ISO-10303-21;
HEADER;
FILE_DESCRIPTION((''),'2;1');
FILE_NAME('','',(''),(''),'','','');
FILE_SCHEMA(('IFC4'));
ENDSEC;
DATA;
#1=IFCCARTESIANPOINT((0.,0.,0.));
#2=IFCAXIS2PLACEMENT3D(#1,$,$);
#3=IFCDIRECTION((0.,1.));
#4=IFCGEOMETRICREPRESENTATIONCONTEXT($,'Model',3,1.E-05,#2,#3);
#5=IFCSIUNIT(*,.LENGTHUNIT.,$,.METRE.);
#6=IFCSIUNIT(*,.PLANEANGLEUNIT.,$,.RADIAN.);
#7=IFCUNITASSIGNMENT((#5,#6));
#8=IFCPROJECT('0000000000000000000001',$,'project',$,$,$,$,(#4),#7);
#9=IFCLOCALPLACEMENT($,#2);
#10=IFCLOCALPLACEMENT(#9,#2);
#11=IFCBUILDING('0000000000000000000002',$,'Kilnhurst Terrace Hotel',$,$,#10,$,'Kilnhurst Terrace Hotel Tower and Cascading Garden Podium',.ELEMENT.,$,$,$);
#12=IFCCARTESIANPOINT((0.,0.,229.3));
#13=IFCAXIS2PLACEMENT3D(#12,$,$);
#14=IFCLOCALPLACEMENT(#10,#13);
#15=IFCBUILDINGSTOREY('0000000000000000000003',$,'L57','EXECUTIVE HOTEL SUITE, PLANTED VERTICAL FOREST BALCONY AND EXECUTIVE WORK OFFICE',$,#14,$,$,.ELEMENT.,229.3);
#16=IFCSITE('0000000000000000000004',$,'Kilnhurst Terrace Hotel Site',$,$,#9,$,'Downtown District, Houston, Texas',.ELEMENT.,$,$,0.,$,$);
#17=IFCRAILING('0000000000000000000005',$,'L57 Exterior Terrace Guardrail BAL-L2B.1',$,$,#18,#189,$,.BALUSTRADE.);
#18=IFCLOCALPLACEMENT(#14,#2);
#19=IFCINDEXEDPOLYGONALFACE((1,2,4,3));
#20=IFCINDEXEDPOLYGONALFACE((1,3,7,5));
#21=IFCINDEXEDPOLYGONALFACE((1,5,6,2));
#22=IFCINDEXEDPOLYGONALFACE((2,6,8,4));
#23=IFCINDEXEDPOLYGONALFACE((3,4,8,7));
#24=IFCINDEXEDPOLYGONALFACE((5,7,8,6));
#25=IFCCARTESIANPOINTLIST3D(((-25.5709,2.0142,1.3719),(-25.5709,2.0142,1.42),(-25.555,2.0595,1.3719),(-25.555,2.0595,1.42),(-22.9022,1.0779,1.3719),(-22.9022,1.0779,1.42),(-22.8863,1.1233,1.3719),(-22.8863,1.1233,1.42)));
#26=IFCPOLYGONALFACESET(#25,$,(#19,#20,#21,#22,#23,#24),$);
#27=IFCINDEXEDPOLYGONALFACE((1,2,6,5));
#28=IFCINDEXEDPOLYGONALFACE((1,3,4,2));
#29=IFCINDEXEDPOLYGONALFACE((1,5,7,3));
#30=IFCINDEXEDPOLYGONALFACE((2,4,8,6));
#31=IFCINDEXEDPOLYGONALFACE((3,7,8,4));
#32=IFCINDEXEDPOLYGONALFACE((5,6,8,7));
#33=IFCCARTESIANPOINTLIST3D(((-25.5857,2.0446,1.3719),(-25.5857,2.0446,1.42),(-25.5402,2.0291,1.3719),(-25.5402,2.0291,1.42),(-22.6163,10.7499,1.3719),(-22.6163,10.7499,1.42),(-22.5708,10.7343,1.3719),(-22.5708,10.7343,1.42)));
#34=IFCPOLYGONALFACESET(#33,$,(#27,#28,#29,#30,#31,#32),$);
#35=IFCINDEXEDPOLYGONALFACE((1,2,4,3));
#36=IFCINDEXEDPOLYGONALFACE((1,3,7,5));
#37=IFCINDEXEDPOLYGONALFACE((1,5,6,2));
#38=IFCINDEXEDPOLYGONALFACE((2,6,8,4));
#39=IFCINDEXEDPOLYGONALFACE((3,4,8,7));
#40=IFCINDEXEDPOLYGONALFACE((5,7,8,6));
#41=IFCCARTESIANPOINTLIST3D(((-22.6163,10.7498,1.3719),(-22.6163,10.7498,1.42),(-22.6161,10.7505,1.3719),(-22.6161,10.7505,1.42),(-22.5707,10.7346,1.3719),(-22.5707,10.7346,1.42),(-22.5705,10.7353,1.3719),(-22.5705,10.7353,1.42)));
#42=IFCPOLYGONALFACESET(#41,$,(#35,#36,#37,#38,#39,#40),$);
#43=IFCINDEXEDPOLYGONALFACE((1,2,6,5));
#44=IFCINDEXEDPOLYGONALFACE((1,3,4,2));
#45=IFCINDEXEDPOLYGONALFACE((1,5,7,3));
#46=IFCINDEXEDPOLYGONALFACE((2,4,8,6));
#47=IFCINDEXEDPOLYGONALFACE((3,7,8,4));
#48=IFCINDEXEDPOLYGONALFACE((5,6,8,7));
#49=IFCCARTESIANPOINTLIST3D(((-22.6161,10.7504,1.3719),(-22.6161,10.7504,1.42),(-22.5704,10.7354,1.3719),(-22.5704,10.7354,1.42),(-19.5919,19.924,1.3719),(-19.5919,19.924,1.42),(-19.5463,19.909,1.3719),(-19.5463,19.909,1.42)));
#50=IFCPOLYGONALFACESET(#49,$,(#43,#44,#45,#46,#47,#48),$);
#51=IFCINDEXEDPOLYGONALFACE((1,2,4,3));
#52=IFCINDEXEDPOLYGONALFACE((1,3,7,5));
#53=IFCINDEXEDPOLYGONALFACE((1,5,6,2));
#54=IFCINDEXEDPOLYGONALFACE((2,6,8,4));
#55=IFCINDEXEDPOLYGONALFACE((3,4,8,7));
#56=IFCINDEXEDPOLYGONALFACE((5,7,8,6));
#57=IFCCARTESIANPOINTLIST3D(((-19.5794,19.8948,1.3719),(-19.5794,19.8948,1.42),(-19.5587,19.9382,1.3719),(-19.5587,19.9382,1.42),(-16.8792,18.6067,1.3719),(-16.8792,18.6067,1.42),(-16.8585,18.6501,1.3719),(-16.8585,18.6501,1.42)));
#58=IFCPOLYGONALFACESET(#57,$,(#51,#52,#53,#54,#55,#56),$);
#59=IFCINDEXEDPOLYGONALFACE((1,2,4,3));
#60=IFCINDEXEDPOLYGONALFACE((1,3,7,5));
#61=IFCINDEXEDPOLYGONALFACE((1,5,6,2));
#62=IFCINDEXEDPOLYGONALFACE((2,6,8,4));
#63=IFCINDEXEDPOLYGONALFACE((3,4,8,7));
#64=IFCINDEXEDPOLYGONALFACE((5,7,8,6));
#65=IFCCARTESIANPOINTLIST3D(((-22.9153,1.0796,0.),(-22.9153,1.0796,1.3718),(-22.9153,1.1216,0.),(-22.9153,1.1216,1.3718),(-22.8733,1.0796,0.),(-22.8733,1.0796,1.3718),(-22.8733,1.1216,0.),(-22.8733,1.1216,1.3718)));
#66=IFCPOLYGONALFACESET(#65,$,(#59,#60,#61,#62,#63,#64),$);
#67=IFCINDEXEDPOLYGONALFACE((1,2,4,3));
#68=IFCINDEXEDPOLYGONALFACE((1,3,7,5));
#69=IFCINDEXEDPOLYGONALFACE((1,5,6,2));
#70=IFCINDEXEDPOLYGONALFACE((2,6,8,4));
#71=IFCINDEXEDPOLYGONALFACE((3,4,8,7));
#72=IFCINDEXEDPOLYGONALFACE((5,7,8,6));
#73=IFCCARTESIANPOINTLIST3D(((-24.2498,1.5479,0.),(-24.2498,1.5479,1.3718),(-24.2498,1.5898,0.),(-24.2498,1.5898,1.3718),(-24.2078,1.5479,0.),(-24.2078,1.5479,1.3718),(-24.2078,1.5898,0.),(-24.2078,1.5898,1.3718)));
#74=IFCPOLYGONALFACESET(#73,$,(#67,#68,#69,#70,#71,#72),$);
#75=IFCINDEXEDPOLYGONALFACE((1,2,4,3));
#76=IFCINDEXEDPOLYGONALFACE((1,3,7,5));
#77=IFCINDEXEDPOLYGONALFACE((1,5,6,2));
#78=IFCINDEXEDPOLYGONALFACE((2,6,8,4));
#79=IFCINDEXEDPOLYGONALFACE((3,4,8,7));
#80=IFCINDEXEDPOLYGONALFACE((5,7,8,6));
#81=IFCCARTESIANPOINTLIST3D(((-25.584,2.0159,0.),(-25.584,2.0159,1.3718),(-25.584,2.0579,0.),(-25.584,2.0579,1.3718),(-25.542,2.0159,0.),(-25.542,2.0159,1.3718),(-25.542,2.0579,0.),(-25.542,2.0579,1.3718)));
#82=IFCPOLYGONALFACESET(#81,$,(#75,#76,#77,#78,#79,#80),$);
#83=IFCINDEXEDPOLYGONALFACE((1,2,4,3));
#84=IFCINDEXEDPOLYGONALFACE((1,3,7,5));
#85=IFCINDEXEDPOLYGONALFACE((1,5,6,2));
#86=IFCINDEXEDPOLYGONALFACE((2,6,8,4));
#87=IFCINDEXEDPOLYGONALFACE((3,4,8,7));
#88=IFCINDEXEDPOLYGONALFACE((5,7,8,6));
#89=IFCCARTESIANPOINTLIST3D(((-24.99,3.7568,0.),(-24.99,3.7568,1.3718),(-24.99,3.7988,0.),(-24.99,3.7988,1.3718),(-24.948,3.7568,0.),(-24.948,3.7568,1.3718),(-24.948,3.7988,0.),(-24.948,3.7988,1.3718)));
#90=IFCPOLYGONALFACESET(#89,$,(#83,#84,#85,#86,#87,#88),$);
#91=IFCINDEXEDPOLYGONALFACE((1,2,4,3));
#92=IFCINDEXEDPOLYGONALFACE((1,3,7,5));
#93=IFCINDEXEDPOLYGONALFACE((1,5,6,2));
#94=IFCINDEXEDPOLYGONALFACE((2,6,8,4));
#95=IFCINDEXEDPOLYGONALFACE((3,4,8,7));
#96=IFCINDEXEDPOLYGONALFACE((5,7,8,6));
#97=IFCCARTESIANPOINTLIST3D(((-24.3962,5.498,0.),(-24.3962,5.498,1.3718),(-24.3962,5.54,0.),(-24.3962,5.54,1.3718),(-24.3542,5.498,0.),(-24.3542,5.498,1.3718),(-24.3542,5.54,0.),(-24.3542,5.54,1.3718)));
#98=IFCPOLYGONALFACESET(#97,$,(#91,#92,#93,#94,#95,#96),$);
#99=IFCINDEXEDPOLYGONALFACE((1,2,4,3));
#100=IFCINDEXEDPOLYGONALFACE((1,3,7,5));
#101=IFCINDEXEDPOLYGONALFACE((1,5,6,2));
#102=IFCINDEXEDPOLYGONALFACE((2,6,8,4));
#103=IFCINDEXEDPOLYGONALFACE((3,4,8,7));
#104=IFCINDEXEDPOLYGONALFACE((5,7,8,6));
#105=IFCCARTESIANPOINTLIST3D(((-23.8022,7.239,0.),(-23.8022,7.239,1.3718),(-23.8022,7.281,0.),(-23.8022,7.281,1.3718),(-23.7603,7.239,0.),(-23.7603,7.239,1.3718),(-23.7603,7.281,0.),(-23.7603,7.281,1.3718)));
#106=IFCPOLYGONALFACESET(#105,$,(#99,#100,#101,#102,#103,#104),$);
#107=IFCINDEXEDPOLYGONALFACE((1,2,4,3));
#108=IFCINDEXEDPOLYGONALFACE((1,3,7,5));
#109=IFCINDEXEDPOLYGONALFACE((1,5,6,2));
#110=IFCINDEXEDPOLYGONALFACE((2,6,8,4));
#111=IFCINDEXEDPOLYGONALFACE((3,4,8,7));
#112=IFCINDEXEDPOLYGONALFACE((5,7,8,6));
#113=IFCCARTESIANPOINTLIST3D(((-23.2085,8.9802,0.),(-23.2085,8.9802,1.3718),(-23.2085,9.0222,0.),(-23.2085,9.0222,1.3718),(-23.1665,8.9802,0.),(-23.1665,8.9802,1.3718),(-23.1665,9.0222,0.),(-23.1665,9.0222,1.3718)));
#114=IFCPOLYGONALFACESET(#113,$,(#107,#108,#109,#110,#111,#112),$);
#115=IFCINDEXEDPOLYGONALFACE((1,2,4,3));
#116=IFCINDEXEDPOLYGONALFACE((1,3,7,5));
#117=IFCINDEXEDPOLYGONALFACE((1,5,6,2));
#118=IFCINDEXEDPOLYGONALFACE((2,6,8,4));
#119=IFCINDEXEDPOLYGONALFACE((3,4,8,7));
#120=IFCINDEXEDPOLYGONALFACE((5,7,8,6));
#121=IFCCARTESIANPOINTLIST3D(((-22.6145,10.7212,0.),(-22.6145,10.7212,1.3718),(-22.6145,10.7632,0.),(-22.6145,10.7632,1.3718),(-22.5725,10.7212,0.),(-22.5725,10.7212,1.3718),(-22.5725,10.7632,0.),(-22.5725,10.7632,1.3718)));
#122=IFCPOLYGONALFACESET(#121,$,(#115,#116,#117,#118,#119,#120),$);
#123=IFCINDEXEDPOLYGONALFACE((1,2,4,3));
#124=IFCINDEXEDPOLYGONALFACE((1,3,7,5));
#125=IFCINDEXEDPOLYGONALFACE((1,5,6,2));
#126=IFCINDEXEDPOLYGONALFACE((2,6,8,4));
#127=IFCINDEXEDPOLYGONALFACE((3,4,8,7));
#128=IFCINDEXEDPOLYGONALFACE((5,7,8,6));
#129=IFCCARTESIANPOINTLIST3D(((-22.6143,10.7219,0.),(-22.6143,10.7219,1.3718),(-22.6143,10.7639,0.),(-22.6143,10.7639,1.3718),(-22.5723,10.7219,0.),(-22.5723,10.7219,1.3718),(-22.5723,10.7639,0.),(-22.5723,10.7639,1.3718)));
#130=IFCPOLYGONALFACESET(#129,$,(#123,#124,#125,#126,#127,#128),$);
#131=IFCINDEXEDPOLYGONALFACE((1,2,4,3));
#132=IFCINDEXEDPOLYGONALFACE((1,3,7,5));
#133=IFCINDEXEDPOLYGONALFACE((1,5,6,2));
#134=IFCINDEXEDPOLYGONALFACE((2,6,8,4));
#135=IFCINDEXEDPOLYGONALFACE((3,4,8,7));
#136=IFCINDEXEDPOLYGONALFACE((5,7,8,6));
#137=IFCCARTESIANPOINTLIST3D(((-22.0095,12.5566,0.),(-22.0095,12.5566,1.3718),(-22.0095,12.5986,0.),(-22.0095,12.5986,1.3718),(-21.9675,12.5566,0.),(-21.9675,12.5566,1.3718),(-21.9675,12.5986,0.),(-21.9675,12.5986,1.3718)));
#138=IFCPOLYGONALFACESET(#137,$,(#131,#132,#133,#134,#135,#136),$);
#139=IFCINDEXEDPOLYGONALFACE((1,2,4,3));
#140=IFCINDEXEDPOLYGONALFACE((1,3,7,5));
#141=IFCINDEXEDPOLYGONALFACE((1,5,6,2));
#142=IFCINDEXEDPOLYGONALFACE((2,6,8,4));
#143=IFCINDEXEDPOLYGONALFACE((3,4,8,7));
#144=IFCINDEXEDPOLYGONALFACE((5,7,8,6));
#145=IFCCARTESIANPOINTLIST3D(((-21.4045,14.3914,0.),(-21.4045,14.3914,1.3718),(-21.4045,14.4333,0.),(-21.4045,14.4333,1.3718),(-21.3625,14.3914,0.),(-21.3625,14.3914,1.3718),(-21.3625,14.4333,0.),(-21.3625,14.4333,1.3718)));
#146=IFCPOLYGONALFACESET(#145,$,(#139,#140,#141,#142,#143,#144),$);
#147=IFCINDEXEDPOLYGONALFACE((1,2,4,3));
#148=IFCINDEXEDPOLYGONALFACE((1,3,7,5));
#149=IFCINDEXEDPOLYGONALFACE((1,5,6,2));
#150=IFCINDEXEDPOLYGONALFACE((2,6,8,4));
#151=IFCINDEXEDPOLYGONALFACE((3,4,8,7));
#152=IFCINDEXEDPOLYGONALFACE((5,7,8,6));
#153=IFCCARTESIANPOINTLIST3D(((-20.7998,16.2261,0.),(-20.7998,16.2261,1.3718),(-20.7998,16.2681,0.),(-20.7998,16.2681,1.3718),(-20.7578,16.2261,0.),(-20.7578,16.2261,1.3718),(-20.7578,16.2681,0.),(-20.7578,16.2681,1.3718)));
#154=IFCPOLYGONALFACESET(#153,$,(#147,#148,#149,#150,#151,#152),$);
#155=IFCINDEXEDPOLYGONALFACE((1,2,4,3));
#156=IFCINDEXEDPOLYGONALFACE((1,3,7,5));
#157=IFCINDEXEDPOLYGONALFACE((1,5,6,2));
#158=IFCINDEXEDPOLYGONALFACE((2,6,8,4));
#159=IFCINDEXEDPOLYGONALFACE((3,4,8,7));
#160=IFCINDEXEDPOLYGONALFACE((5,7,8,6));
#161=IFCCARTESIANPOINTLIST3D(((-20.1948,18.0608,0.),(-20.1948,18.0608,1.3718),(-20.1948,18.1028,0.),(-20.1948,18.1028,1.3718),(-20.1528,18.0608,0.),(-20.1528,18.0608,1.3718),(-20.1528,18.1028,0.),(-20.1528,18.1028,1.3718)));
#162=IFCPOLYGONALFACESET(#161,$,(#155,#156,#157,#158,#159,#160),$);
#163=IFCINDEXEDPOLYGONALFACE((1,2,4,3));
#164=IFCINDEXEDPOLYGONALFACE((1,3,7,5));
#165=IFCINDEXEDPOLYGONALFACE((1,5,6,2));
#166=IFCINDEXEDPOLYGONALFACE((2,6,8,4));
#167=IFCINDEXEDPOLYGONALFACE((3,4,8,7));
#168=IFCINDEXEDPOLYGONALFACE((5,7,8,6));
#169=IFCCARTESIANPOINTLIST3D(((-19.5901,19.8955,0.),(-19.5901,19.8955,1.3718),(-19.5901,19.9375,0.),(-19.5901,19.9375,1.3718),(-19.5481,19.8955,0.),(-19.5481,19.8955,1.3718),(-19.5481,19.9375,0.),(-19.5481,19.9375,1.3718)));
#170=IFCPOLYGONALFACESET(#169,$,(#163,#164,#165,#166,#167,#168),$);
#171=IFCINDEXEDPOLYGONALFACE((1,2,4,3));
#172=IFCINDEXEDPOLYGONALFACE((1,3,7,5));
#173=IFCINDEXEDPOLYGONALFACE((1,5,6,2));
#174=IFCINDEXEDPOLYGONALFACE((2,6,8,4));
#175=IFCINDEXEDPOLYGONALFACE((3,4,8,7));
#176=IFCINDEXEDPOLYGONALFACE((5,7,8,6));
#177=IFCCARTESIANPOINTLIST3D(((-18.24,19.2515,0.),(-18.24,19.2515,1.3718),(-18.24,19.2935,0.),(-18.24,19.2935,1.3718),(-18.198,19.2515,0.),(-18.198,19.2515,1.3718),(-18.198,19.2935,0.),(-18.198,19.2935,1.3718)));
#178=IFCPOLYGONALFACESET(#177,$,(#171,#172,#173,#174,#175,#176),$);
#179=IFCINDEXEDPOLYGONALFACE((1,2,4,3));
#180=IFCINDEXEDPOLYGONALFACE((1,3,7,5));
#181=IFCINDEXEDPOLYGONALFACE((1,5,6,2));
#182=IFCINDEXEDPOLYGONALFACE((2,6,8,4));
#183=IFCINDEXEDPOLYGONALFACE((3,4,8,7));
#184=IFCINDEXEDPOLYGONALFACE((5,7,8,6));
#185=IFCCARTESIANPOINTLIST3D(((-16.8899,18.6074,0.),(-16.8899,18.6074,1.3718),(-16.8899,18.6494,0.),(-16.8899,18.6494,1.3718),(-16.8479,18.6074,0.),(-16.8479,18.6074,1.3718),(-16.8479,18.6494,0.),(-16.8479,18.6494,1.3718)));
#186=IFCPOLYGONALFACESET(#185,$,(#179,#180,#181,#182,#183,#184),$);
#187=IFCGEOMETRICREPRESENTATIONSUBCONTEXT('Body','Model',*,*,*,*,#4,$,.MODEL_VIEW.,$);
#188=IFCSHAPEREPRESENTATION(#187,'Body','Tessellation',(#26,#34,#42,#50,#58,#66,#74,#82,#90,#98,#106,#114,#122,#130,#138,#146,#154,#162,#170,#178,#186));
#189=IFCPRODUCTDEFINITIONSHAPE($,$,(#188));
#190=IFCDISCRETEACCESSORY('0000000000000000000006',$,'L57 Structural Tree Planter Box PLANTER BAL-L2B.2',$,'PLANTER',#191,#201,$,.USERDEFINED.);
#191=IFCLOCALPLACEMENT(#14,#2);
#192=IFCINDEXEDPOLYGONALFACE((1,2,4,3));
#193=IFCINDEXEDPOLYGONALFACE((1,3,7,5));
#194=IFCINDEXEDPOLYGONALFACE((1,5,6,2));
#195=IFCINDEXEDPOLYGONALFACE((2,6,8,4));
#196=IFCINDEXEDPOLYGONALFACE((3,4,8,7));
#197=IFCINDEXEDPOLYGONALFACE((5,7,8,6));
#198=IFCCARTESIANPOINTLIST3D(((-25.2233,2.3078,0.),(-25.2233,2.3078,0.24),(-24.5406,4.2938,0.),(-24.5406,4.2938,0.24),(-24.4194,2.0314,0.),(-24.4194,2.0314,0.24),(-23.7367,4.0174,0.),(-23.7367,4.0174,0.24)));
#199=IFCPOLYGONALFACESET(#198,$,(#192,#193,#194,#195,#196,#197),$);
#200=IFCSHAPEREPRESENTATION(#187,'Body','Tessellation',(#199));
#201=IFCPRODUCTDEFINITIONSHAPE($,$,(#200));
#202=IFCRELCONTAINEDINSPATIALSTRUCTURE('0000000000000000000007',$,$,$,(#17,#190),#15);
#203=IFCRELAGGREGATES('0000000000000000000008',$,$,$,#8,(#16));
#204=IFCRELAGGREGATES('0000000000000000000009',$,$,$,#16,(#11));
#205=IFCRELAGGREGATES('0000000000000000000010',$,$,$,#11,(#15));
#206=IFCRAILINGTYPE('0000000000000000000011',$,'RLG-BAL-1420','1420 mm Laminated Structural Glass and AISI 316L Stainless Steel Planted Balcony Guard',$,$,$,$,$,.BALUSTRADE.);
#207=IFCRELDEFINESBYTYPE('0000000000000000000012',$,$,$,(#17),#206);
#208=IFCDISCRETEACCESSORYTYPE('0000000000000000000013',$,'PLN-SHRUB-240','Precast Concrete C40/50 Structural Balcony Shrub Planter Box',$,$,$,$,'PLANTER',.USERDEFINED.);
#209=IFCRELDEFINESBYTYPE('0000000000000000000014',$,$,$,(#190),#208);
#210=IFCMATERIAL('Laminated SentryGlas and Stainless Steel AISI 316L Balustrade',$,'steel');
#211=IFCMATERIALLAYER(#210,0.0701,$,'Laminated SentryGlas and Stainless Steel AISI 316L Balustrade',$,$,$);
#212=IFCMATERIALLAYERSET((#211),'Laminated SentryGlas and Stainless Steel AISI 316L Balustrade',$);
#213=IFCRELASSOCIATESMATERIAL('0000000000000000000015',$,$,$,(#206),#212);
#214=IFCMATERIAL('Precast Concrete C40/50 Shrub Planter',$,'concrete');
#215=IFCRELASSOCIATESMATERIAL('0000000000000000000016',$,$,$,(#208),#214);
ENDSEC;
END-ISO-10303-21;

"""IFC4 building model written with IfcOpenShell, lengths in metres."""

from ifc_helpers import new_model, si_unit, direction, frame, origin, origin_2d, place, context, subcontext, project, spatial, rectangle, extrude, material, layer, layer_set, type_object, element, save


model = new_model("IFC4")

# Units and contexts
model_context = context("Model", 3, precision=1e-05, world=origin(), true_north=direction((0.0, 1.0)))
body_context = subcontext(model_context, "Body", "Model", "MODEL_VIEW")
ifc_project = project(units=[si_unit("LENGTHUNIT", "METRE"), si_unit("PLANEANGLEUNIT", "RADIAN")], contexts=[model_context])

# Site, building, storey
site_placement = place(None, origin())
site = spatial("IfcSite", under=ifc_project, at=site_placement, Name="Kilnhurst Terrace Hotel Site", LongName="Downtown District, Houston, Texas", CompositionType="ELEMENT", RefElevation=0.0)
building_placement = place(site_placement, origin())
building = spatial("IfcBuilding", under=site, at=building_placement, Name="Kilnhurst Terrace Hotel", LongName="Kilnhurst Terrace Hotel Tower and Cascading Garden Podium", CompositionType="ELEMENT")
storey_placement = place(building_placement, frame((0.0, 0.0, 229.3)))
storey = spatial("IfcBuildingStorey", under=building, at=storey_placement, Name="L57", Description="EXECUTIVE HOTEL SUITE, PLANTED VERTICAL FOREST BALCONY AND EXECUTIVE WORK OFFICE", CompositionType="ELEMENT", Elevation=229.3)

# Railing
ifc_material_1 = material(Name="Laminated SentryGlas and Stainless Steel AISI 316L Balustrade", Category="steel")
ifc_layer_1 = layer(ifc_material_1, 0.0701, Name="Laminated SentryGlas and Stainless Steel AISI 316L Balustrade")
ifc_layer_set_1 = layer_set([ifc_layer_1], Name="Laminated SentryGlas and Stainless Steel AISI 316L Balustrade")
railing_type = type_object("IfcRailingType", Name="RLG-BAL-1420", Description="1420 mm Laminated Structural Glass and AISI 316L Stainless Steel Planted Balcony Guard", PredefinedType="BALUSTRADE", material=ifc_layer_set_1)
railing_placement = place(storey_placement, frame((-22.8943, 1.1006, 0.0)))
element("IfcRailing", 1, at=railing_placement, inside=storey, type_object=railing_type, Name="L57 Exterior Terrace Guardrail BAL-L2B.1", PredefinedType="BALUSTRADE", context=body_context, shape_type="SweptSolid", body=[
    extrude(rectangle(XDim=0.0481, YDim=0.0481, at=origin_2d()), frame((0.0, 0.0, 1.396), z_axis=(-0.943612, 0.331054, 0.0), x_axis=(-0.331054, -0.943612, 0.0)), (0.0, 0.0, 1.0), 2.8281),
    extrude(rectangle(XDim=0.0481, YDim=0.0481, at=origin_2d()), frame((-2.6687, 0.9363, 1.396), z_axis=(0.322845, 0.946452, 0.0), x_axis=(-0.946452, 0.322845, 0.0)), (0.0, 0.0, 1.0), 9.1978),
    extrude(rectangle(XDim=0.0481, YDim=0.0481, at=origin_2d()), frame((0.3008, 9.6416, 1.396), z_axis=(0.316228, 0.948683, 0.0), x_axis=(-0.948683, 0.316228, 0.0)), (0.0, 0.0, 1.0), 0.0007),
    extrude(rectangle(XDim=0.0481, YDim=0.0481, at=origin_2d()), frame((0.301, 9.6423, 1.396), z_axis=(0.313087, 0.949725, 0.0), x_axis=(-0.949725, 0.313087, 0.0)), (0.0, 0.0, 1.0), 9.6592),
    extrude(rectangle(XDim=0.0481, YDim=0.0481, at=origin_2d()), frame((3.3252, 18.8159, 1.396), z_axis=(0.902565, -0.430554, 0.0), x_axis=(0.430554, 0.902565, 0.0)), (0.0, 0.0, 1.0), 2.9917),
    extrude(rectangle(XDim=0.042, YDim=0.042, at=origin_2d()), origin(), (0.0, 0.0, 1.0), 1.3718),
    extrude(rectangle(XDim=0.042, YDim=0.042, at=origin_2d()), frame((-1.3345, 0.4683, 0.0)), (0.0, 0.0, 1.0), 1.3718),
    extrude(rectangle(XDim=0.042, YDim=0.042, at=origin_2d()), frame((-2.6687, 0.9363, 0.0)), (0.0, 0.0, 1.0), 1.3718),
    extrude(rectangle(XDim=0.042, YDim=0.042, at=origin_2d()), frame((-2.0747, 2.6772, 0.0)), (0.0, 0.0, 1.0), 1.3718),
    extrude(rectangle(XDim=0.042, YDim=0.042, at=origin_2d()), frame((-1.481, 4.4185, 0.0)), (0.0, 0.0, 1.0), 1.3718),
    extrude(rectangle(XDim=0.042, YDim=0.042, at=origin_2d()), frame((-0.887, 6.1594, 0.0)), (0.0, 0.0, 1.0), 1.3718),
    extrude(rectangle(XDim=0.042, YDim=0.042, at=origin_2d()), frame((-0.2932, 7.9006, 0.0)), (0.0, 0.0, 1.0), 1.3718),
    extrude(rectangle(XDim=0.042, YDim=0.042, at=origin_2d()), frame((0.3008, 9.6416, 0.0)), (0.0, 0.0, 1.0), 1.3718),
    extrude(rectangle(XDim=0.042, YDim=0.042, at=origin_2d()), frame((0.301, 9.6423, 0.0)), (0.0, 0.0, 1.0), 1.3718),
    extrude(rectangle(XDim=0.042, YDim=0.042, at=origin_2d()), frame((0.9058, 11.4771, 0.0)), (0.0, 0.0, 1.0), 1.3718),
    extrude(rectangle(XDim=0.042, YDim=0.042, at=origin_2d()), frame((1.5107, 13.3118, 0.0)), (0.0, 0.0, 1.0), 1.3718),
    extrude(rectangle(XDim=0.042, YDim=0.042, at=origin_2d()), frame((2.1155, 15.1465, 0.0)), (0.0, 0.0, 1.0), 1.3718),
    extrude(rectangle(XDim=0.042, YDim=0.042, at=origin_2d()), frame((2.7205, 16.9812, 0.0)), (0.0, 0.0, 1.0), 1.3718),
    extrude(rectangle(XDim=0.042, YDim=0.042, at=origin_2d()), frame((3.3252, 18.8159, 0.0)), (0.0, 0.0, 1.0), 1.3718),
    extrude(rectangle(XDim=0.042, YDim=0.042, at=origin_2d()), frame((4.6753, 18.1719, 0.0)), (0.0, 0.0, 1.0), 1.3718),
    extrude(rectangle(XDim=0.042, YDim=0.042, at=origin_2d()), frame((6.0254, 17.5278, 0.0)), (0.0, 0.0, 1.0), 1.3718),
])

# Discrete accessory
ifc_material_2 = material(Name="Precast Concrete C40/50 Shrub Planter", Category="concrete")
discrete_accessory_type = type_object("IfcDiscreteAccessoryType", Name="PLN-SHRUB-240", Description="Precast Concrete C40/50 Structural Balcony Shrub Planter Box", ElementType="PLANTER", PredefinedType="USERDEFINED", material=ifc_material_2)
discrete_accessory_placement = place(storey_placement, frame((-24.48, 3.1626, 0.0), z_axis=(0.0, 0.0, 1.0), x_axis=(-0.32509, -0.945683, 0.0)))
element("IfcDiscreteAccessory", 2, at=discrete_accessory_placement, inside=storey, type_object=discrete_accessory_type, Name="L57 Structural Tree Planter Box PLANTER BAL-L2B.2", ObjectType="PLANTER", PredefinedType="USERDEFINED", context=body_context, shape_type="SweptSolid", body=[
    extrude(rectangle(XDim=2.1001, YDim=0.8501, at=origin_2d()), origin(), (0.0, 0.0, 1.0), 0.24),
])

save(model, "model.ifc")
